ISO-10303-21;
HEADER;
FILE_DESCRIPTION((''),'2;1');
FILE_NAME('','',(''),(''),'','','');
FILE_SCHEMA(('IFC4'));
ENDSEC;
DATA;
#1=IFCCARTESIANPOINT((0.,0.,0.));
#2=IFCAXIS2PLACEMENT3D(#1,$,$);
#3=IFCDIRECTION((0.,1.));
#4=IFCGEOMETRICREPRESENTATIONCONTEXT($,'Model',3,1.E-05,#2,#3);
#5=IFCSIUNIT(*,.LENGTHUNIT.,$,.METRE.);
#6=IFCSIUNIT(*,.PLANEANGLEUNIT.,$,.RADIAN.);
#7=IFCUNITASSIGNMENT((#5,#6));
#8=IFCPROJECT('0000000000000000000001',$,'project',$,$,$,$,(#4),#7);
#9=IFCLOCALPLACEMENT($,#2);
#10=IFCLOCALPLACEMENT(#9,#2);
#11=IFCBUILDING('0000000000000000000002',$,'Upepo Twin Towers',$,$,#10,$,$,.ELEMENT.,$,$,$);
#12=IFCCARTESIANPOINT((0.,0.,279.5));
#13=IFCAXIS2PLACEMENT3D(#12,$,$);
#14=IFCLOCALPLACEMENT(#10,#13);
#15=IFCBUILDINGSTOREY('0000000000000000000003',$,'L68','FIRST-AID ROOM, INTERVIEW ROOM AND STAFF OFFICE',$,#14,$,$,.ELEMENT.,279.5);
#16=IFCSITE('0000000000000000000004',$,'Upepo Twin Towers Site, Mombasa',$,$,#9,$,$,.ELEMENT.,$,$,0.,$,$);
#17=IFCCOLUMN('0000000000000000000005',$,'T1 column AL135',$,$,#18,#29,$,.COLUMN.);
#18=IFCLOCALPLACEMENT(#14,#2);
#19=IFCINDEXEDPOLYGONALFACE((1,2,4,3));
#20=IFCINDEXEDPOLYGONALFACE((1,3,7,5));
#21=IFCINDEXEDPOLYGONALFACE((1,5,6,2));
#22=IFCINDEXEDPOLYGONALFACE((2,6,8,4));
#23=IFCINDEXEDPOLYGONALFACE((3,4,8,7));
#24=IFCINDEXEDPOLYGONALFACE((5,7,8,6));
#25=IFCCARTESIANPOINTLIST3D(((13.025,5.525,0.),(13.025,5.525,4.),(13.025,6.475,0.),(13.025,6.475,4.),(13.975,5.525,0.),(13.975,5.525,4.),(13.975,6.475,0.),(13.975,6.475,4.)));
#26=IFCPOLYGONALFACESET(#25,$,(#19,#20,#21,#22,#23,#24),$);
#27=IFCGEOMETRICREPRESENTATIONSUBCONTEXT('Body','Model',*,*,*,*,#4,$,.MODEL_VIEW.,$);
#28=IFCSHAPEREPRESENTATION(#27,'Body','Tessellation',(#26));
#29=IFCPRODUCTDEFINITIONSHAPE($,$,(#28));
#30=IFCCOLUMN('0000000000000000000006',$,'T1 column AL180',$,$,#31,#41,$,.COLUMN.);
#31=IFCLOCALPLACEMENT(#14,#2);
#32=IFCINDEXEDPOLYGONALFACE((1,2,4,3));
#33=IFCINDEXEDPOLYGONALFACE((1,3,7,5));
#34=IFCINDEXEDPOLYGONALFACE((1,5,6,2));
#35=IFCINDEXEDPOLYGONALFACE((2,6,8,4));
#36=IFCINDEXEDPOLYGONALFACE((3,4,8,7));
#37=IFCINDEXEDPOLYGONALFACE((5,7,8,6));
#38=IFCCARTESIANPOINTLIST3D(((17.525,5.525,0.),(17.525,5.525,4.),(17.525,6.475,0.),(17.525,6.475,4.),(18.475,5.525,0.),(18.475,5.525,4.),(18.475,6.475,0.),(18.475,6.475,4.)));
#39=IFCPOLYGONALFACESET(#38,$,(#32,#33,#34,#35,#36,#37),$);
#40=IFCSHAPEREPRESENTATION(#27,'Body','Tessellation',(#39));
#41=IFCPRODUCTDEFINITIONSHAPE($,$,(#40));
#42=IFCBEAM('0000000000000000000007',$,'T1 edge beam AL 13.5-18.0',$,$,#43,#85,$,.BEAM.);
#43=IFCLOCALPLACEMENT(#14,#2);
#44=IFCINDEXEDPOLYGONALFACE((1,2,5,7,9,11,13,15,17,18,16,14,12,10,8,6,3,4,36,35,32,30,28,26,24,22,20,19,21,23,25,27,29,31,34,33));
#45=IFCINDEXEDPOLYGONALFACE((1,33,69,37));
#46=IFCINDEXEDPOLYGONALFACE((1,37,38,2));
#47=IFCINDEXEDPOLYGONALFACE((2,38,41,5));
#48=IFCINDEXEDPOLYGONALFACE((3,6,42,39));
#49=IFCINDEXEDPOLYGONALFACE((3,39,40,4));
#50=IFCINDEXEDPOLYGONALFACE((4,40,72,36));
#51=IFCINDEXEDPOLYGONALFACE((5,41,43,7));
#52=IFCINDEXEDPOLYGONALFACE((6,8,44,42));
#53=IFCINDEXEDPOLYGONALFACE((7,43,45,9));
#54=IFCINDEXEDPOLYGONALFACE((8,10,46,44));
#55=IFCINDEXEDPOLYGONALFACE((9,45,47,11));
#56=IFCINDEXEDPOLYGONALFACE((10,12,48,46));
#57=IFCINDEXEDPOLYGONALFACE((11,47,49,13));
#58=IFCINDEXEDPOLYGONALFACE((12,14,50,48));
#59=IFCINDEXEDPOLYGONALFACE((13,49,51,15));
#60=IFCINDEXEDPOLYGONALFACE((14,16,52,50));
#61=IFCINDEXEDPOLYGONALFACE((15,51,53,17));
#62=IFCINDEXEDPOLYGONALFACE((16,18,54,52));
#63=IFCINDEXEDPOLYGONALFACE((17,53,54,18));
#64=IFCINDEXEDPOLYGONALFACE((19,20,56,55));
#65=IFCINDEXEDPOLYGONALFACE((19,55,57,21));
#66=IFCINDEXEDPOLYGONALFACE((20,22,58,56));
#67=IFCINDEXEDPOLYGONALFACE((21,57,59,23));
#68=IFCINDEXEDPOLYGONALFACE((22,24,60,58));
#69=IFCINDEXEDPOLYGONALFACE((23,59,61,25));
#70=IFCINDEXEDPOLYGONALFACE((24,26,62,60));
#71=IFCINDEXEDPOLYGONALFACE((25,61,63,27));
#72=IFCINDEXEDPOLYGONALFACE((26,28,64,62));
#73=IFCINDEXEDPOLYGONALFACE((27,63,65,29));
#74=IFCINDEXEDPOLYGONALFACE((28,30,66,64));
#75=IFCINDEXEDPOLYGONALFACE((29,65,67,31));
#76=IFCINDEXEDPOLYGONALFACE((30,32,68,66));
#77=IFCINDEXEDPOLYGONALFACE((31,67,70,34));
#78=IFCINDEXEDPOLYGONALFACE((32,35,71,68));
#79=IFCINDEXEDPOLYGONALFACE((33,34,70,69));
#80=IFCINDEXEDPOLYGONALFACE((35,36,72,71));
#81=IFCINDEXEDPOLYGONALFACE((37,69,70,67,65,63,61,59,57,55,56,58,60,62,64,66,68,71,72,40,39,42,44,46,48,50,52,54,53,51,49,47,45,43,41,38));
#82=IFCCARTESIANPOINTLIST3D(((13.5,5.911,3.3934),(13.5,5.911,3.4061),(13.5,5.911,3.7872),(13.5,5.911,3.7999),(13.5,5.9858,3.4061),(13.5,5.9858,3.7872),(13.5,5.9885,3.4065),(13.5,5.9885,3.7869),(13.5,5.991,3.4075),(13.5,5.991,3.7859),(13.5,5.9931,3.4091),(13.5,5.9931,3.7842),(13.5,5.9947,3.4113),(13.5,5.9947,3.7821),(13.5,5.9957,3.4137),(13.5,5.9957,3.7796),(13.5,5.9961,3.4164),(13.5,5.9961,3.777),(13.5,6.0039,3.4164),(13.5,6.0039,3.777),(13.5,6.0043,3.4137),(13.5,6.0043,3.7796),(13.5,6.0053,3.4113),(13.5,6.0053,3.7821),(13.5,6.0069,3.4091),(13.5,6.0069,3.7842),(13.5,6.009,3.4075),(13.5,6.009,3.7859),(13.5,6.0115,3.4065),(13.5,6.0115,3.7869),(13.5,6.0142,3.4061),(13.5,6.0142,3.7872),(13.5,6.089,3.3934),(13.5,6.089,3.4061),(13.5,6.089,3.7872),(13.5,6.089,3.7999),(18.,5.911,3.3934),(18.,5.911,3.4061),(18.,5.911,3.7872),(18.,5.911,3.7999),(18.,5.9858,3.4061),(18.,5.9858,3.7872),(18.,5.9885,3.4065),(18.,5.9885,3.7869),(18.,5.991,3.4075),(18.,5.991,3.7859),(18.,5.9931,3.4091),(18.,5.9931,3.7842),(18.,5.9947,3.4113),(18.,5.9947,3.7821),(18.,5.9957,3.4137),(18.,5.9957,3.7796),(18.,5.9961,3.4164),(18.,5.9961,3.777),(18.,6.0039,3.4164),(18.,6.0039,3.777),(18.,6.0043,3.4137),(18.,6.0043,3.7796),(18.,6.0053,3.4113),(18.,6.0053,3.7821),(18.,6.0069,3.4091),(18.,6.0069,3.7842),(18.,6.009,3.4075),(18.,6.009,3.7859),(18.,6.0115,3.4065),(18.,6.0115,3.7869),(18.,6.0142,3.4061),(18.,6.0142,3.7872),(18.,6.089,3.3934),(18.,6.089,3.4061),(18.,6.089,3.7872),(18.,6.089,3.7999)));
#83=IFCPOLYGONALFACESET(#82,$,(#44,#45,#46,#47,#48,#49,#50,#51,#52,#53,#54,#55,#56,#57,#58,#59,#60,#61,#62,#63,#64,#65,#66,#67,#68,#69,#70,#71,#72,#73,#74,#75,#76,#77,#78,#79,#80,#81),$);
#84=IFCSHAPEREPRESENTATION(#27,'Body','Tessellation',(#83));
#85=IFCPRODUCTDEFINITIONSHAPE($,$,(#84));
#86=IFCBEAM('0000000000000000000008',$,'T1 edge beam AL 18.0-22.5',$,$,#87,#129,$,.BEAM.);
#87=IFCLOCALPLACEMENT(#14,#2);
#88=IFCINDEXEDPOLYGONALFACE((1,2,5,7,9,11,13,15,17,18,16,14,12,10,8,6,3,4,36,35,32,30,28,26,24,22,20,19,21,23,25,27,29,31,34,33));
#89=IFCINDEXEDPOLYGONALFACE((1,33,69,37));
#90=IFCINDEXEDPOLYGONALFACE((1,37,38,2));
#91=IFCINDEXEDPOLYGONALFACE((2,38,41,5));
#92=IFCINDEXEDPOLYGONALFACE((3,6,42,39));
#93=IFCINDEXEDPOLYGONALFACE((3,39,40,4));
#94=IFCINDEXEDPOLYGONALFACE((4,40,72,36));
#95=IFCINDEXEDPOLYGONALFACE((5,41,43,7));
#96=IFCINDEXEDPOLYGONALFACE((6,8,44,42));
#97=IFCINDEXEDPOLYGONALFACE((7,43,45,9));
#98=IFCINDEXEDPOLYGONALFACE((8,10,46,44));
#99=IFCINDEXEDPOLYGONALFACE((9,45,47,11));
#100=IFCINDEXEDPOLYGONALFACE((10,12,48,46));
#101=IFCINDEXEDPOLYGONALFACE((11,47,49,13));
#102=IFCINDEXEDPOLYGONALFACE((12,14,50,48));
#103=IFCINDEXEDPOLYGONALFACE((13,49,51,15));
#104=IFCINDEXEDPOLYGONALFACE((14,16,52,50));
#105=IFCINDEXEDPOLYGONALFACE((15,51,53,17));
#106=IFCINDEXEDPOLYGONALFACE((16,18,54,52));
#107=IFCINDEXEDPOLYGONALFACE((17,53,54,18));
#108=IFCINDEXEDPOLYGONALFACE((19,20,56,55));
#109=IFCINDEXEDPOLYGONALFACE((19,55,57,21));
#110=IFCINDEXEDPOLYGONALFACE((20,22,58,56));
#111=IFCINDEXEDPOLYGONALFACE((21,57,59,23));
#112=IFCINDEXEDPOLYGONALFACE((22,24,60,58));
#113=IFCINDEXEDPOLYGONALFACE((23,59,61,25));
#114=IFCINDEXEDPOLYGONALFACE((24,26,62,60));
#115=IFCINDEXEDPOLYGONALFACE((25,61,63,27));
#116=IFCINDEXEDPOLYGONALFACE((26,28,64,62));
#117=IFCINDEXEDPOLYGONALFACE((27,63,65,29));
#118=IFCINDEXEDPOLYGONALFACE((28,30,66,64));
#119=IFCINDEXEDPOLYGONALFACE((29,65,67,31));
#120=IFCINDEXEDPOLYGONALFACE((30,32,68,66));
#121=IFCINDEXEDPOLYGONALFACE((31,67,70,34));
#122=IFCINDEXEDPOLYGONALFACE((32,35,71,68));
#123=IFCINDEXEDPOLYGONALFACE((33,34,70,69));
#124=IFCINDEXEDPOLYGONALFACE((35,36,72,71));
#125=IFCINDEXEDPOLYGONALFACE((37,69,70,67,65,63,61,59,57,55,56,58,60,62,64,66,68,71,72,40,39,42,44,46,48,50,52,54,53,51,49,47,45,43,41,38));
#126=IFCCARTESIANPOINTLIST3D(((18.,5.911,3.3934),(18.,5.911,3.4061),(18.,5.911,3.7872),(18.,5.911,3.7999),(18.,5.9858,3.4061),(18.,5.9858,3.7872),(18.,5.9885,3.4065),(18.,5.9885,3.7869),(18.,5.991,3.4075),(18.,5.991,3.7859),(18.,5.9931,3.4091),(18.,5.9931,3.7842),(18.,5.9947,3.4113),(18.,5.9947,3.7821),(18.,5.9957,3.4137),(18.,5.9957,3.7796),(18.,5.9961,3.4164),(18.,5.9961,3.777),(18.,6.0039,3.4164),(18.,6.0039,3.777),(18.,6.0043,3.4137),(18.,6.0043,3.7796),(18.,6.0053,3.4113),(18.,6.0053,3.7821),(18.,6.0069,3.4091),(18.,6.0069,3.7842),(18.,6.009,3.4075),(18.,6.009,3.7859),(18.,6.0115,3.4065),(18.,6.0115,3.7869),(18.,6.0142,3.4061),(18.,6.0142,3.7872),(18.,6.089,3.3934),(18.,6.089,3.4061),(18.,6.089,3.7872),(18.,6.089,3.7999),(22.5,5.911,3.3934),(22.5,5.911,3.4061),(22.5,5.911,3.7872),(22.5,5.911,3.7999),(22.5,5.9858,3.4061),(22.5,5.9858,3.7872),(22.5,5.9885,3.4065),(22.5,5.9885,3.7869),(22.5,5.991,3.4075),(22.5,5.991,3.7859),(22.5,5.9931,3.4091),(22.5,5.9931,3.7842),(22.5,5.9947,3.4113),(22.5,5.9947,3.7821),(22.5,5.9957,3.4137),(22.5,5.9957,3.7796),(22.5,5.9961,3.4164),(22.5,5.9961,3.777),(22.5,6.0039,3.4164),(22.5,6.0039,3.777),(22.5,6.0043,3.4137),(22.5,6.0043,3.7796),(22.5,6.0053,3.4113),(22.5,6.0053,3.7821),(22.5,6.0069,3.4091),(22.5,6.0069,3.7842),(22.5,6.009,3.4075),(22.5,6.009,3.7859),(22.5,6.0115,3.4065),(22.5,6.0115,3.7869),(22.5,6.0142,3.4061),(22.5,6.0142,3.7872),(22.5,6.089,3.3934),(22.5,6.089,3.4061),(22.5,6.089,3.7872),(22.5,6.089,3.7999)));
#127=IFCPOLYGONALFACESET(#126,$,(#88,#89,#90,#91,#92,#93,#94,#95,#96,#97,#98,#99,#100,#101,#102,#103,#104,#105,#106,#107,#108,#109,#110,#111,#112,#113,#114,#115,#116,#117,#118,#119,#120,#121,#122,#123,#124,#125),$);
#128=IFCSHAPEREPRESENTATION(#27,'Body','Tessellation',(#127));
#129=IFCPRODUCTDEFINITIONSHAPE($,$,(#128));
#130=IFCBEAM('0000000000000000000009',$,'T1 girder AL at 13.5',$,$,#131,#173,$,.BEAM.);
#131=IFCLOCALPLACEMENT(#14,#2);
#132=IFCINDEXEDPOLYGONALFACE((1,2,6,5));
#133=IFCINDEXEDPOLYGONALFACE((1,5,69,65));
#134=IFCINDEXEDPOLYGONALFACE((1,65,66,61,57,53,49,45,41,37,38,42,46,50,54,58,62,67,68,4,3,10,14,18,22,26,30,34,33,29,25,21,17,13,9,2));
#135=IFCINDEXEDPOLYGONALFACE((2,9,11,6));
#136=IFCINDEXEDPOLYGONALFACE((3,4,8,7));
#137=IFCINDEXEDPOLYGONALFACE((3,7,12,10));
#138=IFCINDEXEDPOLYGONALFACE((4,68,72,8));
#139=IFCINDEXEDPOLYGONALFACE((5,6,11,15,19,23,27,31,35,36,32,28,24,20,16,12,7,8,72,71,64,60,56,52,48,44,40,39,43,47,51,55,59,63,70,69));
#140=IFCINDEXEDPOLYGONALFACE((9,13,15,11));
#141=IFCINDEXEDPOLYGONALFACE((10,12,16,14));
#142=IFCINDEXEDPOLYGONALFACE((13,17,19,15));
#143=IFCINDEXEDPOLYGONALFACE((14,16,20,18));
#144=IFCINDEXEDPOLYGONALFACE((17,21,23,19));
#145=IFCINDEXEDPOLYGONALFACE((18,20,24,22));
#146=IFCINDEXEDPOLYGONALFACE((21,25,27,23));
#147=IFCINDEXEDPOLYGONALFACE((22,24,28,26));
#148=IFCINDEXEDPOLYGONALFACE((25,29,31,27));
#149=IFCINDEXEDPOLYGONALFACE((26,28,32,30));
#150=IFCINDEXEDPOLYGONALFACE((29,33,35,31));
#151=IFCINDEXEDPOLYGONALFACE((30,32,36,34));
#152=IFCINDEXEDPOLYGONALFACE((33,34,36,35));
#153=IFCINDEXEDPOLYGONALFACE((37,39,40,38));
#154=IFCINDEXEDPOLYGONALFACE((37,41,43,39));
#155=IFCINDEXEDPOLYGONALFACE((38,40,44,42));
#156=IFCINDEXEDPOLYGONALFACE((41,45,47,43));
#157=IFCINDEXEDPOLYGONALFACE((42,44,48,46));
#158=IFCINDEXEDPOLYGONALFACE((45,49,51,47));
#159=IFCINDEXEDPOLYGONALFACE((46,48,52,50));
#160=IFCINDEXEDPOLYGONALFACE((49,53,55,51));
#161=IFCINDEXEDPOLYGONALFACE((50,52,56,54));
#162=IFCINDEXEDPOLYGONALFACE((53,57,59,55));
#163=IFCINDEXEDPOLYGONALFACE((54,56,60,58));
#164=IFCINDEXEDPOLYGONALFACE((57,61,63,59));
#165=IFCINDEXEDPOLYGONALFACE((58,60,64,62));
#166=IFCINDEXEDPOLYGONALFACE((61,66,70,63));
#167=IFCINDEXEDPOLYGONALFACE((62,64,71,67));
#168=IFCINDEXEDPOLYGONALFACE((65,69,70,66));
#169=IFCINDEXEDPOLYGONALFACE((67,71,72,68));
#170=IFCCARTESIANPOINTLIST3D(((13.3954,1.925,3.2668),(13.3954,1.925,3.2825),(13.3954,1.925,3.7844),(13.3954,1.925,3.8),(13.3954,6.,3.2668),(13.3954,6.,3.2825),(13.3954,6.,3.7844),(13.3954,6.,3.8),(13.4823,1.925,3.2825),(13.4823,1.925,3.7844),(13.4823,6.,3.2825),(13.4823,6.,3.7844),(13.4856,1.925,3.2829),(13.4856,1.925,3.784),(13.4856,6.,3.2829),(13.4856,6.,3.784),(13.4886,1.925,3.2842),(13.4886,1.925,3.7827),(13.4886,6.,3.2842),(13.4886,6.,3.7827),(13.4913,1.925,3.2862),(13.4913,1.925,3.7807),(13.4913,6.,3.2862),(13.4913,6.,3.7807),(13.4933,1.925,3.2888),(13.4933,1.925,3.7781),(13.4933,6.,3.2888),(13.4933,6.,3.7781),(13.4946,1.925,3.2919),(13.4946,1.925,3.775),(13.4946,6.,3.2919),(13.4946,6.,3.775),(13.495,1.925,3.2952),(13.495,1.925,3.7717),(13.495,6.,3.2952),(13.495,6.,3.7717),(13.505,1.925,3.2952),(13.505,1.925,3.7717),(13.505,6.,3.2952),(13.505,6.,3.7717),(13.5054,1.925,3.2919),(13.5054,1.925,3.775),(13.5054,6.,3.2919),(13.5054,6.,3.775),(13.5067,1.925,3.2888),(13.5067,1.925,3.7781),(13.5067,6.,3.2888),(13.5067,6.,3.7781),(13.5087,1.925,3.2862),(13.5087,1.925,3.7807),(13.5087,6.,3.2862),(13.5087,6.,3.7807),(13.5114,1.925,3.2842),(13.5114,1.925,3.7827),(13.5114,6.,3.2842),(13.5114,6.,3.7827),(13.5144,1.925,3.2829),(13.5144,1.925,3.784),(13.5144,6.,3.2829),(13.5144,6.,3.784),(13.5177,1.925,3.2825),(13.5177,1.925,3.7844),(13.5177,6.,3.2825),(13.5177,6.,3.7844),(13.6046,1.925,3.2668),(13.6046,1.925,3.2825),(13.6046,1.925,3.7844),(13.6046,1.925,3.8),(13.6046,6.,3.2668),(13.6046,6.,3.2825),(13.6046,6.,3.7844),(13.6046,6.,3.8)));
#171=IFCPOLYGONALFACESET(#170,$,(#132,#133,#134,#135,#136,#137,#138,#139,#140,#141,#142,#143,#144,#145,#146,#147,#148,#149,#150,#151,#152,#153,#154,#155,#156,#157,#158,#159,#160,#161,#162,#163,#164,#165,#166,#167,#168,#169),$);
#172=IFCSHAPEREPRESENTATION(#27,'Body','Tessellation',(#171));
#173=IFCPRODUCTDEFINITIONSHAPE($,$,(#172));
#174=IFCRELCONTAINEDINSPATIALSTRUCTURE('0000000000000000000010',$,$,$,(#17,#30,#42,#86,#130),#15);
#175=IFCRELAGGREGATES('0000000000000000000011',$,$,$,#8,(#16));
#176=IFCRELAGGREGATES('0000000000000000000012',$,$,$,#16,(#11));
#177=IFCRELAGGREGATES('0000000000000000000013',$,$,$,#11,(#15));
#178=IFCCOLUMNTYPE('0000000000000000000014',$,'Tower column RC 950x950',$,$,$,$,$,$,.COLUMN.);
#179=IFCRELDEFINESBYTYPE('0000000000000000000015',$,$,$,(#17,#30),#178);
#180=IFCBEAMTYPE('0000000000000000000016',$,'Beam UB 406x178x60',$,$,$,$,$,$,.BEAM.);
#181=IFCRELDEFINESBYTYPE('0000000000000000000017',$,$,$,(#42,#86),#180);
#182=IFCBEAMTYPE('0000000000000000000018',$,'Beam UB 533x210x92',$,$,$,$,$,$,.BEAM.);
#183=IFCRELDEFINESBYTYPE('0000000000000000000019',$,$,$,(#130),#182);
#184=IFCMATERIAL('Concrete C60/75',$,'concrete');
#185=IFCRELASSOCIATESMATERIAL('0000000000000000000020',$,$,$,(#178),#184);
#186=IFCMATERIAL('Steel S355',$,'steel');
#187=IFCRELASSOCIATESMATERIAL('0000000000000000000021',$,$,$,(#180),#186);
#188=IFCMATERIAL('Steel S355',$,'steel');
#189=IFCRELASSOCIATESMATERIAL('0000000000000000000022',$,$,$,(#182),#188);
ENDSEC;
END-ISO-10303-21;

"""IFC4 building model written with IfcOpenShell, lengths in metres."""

from ifc_helpers import new_model, si_unit, direction, frame, origin, origin_2d, place, context, subcontext, project, spatial, rectangle, i_section, extrude, material, material_profile, profile_set, type_object, element, save


model = new_model("IFC4")

# Units and contexts
model_context = context("Model", 3, precision=1e-05, world=origin(), true_north=direction((0.0, 1.0)))
body_context = subcontext(model_context, "Body", "Model", "MODEL_VIEW")
ifc_project = project(units=[si_unit("LENGTHUNIT", "METRE"), si_unit("PLANEANGLEUNIT", "RADIAN")], contexts=[model_context])

# Site, building, storey
site_placement = place(None, origin())
site = spatial("IfcSite", under=ifc_project, at=site_placement, Name="Upepo Twin Towers Site, Mombasa", CompositionType="ELEMENT", RefElevation=0.0)
building_placement = place(site_placement, origin())
building = spatial("IfcBuilding", under=site, at=building_placement, Name="Upepo Twin Towers", CompositionType="ELEMENT")
storey_placement = place(building_placement, frame((0.0, 0.0, 279.5)))
storey = spatial("IfcBuildingStorey", under=building, at=storey_placement, Name="L68", Description="FIRST-AID ROOM, INTERVIEW ROOM AND STAFF OFFICE", CompositionType="ELEMENT", Elevation=279.5)

# Columns
ifc_material_1 = material(Name="Concrete C60/75", Category="concrete")
ifc_material_profile_1 = material_profile(ifc_material_1, rectangle(XDim=0.95, YDim=0.95, at=origin_2d()), Name="RC 950x950")
ifc_profile_set_1 = profile_set([ifc_material_profile_1], Name="Concrete C60/75")
column_type = type_object("IfcColumnType", Name="Tower column RC 950x950", PredefinedType="COLUMN", material=ifc_profile_set_1)
for number, where, z_axis, x_axis, name in (
    (1, (13.5, 6.0, 0.0), (0.0, 0.0, 1.0), (1.0, 0.0, 0.0), "T1 column AL135"),
    (2, (18.0, 6.0, 0.0), (0.0, 0.0, 1.0), (1.0, 0.0, 0.0), "T1 column AL180"),
):
    element("IfcColumn", number, at=place(storey_placement, frame(where, z_axis=z_axis, x_axis=x_axis)), inside=storey, type_object=column_type, Name=name, PredefinedType="COLUMN", context=body_context, shape_type="SweptSolid", body=[
        extrude(rectangle(XDim=0.95, YDim=0.95, at=origin_2d()), origin(), (0.0, 0.0, 1.0), 4.0),
    ])

# Beams
ifc_material_2 = material(Name="Steel S355", Category="steel")
ifc_material_profile_2 = material_profile(ifc_material_2, i_section(OverallWidth=0.178, OverallDepth=0.4065, WebThickness=0.0078, FlangeThickness=0.0127, FilletRadius=0.0103, at=origin_2d()), Name="UB 406x178x60")
ifc_profile_set_2 = profile_set([ifc_material_profile_2], Name="Steel S355")
beam_type_1 = type_object("IfcBeamType", Name="Beam UB 406x178x60", PredefinedType="BEAM", material=ifc_profile_set_2)
for number, where, z_axis, x_axis, name in (
    (3, (13.5, 6.0, 3.5967), (1.0, 0.0, 0.0), (0.0, 1.0, 0.0), "T1 edge beam AL 13.5-18.0"),
    (4, (18.0, 6.0, 3.5967), (1.0, 0.0, 0.0), (0.0, 1.0, 0.0), "T1 edge beam AL 18.0-22.5"),
):
    element("IfcBeam", number, at=place(storey_placement, frame(where, z_axis=z_axis, x_axis=x_axis)), inside=storey, type_object=beam_type_1, Name=name, PredefinedType="BEAM", context=body_context, shape_type="SweptSolid", body=[
        extrude(i_section(OverallWidth=0.178, OverallDepth=0.4065, WebThickness=0.0078, FlangeThickness=0.0127, FilletRadius=0.0103, at=origin_2d()), origin(), (0.0, 0.0, 1.0), 4.5),
    ])
ifc_material_3 = material(Name="Steel S355", Category="steel")
ifc_material_profile_3 = material_profile(ifc_material_3, i_section(OverallWidth=0.2092, OverallDepth=0.5332, WebThickness=0.01, FlangeThickness=0.0156, FilletRadius=0.0127, at=origin_2d()), Name="UB 533x210x92")
ifc_profile_set_3 = profile_set([ifc_material_profile_3], Name="Steel S355")
beam_type_2 = type_object("IfcBeamType", Name="Beam UB 533x210x92", PredefinedType="BEAM", material=ifc_profile_set_3)
for number, where, z_axis, x_axis, name in (
    (5, (13.5, 6.0, 3.5334), (0.0, -1.0, 0.0), (1.0, 0.0, 0.0), "T1 girder AL at 13.5"),
):
    element("IfcBeam", number, at=place(storey_placement, frame(where, z_axis=z_axis, x_axis=x_axis)), inside=storey, type_object=beam_type_2, Name=name, PredefinedType="BEAM", context=body_context, shape_type="SweptSolid", body=[
        extrude(i_section(OverallWidth=0.2092, OverallDepth=0.5332, WebThickness=0.01, FlangeThickness=0.0156, FilletRadius=0.0127, at=origin_2d()), origin(), (0.0, 0.0, 1.0), 4.075),
    ])

save(model, "model.ifc")
